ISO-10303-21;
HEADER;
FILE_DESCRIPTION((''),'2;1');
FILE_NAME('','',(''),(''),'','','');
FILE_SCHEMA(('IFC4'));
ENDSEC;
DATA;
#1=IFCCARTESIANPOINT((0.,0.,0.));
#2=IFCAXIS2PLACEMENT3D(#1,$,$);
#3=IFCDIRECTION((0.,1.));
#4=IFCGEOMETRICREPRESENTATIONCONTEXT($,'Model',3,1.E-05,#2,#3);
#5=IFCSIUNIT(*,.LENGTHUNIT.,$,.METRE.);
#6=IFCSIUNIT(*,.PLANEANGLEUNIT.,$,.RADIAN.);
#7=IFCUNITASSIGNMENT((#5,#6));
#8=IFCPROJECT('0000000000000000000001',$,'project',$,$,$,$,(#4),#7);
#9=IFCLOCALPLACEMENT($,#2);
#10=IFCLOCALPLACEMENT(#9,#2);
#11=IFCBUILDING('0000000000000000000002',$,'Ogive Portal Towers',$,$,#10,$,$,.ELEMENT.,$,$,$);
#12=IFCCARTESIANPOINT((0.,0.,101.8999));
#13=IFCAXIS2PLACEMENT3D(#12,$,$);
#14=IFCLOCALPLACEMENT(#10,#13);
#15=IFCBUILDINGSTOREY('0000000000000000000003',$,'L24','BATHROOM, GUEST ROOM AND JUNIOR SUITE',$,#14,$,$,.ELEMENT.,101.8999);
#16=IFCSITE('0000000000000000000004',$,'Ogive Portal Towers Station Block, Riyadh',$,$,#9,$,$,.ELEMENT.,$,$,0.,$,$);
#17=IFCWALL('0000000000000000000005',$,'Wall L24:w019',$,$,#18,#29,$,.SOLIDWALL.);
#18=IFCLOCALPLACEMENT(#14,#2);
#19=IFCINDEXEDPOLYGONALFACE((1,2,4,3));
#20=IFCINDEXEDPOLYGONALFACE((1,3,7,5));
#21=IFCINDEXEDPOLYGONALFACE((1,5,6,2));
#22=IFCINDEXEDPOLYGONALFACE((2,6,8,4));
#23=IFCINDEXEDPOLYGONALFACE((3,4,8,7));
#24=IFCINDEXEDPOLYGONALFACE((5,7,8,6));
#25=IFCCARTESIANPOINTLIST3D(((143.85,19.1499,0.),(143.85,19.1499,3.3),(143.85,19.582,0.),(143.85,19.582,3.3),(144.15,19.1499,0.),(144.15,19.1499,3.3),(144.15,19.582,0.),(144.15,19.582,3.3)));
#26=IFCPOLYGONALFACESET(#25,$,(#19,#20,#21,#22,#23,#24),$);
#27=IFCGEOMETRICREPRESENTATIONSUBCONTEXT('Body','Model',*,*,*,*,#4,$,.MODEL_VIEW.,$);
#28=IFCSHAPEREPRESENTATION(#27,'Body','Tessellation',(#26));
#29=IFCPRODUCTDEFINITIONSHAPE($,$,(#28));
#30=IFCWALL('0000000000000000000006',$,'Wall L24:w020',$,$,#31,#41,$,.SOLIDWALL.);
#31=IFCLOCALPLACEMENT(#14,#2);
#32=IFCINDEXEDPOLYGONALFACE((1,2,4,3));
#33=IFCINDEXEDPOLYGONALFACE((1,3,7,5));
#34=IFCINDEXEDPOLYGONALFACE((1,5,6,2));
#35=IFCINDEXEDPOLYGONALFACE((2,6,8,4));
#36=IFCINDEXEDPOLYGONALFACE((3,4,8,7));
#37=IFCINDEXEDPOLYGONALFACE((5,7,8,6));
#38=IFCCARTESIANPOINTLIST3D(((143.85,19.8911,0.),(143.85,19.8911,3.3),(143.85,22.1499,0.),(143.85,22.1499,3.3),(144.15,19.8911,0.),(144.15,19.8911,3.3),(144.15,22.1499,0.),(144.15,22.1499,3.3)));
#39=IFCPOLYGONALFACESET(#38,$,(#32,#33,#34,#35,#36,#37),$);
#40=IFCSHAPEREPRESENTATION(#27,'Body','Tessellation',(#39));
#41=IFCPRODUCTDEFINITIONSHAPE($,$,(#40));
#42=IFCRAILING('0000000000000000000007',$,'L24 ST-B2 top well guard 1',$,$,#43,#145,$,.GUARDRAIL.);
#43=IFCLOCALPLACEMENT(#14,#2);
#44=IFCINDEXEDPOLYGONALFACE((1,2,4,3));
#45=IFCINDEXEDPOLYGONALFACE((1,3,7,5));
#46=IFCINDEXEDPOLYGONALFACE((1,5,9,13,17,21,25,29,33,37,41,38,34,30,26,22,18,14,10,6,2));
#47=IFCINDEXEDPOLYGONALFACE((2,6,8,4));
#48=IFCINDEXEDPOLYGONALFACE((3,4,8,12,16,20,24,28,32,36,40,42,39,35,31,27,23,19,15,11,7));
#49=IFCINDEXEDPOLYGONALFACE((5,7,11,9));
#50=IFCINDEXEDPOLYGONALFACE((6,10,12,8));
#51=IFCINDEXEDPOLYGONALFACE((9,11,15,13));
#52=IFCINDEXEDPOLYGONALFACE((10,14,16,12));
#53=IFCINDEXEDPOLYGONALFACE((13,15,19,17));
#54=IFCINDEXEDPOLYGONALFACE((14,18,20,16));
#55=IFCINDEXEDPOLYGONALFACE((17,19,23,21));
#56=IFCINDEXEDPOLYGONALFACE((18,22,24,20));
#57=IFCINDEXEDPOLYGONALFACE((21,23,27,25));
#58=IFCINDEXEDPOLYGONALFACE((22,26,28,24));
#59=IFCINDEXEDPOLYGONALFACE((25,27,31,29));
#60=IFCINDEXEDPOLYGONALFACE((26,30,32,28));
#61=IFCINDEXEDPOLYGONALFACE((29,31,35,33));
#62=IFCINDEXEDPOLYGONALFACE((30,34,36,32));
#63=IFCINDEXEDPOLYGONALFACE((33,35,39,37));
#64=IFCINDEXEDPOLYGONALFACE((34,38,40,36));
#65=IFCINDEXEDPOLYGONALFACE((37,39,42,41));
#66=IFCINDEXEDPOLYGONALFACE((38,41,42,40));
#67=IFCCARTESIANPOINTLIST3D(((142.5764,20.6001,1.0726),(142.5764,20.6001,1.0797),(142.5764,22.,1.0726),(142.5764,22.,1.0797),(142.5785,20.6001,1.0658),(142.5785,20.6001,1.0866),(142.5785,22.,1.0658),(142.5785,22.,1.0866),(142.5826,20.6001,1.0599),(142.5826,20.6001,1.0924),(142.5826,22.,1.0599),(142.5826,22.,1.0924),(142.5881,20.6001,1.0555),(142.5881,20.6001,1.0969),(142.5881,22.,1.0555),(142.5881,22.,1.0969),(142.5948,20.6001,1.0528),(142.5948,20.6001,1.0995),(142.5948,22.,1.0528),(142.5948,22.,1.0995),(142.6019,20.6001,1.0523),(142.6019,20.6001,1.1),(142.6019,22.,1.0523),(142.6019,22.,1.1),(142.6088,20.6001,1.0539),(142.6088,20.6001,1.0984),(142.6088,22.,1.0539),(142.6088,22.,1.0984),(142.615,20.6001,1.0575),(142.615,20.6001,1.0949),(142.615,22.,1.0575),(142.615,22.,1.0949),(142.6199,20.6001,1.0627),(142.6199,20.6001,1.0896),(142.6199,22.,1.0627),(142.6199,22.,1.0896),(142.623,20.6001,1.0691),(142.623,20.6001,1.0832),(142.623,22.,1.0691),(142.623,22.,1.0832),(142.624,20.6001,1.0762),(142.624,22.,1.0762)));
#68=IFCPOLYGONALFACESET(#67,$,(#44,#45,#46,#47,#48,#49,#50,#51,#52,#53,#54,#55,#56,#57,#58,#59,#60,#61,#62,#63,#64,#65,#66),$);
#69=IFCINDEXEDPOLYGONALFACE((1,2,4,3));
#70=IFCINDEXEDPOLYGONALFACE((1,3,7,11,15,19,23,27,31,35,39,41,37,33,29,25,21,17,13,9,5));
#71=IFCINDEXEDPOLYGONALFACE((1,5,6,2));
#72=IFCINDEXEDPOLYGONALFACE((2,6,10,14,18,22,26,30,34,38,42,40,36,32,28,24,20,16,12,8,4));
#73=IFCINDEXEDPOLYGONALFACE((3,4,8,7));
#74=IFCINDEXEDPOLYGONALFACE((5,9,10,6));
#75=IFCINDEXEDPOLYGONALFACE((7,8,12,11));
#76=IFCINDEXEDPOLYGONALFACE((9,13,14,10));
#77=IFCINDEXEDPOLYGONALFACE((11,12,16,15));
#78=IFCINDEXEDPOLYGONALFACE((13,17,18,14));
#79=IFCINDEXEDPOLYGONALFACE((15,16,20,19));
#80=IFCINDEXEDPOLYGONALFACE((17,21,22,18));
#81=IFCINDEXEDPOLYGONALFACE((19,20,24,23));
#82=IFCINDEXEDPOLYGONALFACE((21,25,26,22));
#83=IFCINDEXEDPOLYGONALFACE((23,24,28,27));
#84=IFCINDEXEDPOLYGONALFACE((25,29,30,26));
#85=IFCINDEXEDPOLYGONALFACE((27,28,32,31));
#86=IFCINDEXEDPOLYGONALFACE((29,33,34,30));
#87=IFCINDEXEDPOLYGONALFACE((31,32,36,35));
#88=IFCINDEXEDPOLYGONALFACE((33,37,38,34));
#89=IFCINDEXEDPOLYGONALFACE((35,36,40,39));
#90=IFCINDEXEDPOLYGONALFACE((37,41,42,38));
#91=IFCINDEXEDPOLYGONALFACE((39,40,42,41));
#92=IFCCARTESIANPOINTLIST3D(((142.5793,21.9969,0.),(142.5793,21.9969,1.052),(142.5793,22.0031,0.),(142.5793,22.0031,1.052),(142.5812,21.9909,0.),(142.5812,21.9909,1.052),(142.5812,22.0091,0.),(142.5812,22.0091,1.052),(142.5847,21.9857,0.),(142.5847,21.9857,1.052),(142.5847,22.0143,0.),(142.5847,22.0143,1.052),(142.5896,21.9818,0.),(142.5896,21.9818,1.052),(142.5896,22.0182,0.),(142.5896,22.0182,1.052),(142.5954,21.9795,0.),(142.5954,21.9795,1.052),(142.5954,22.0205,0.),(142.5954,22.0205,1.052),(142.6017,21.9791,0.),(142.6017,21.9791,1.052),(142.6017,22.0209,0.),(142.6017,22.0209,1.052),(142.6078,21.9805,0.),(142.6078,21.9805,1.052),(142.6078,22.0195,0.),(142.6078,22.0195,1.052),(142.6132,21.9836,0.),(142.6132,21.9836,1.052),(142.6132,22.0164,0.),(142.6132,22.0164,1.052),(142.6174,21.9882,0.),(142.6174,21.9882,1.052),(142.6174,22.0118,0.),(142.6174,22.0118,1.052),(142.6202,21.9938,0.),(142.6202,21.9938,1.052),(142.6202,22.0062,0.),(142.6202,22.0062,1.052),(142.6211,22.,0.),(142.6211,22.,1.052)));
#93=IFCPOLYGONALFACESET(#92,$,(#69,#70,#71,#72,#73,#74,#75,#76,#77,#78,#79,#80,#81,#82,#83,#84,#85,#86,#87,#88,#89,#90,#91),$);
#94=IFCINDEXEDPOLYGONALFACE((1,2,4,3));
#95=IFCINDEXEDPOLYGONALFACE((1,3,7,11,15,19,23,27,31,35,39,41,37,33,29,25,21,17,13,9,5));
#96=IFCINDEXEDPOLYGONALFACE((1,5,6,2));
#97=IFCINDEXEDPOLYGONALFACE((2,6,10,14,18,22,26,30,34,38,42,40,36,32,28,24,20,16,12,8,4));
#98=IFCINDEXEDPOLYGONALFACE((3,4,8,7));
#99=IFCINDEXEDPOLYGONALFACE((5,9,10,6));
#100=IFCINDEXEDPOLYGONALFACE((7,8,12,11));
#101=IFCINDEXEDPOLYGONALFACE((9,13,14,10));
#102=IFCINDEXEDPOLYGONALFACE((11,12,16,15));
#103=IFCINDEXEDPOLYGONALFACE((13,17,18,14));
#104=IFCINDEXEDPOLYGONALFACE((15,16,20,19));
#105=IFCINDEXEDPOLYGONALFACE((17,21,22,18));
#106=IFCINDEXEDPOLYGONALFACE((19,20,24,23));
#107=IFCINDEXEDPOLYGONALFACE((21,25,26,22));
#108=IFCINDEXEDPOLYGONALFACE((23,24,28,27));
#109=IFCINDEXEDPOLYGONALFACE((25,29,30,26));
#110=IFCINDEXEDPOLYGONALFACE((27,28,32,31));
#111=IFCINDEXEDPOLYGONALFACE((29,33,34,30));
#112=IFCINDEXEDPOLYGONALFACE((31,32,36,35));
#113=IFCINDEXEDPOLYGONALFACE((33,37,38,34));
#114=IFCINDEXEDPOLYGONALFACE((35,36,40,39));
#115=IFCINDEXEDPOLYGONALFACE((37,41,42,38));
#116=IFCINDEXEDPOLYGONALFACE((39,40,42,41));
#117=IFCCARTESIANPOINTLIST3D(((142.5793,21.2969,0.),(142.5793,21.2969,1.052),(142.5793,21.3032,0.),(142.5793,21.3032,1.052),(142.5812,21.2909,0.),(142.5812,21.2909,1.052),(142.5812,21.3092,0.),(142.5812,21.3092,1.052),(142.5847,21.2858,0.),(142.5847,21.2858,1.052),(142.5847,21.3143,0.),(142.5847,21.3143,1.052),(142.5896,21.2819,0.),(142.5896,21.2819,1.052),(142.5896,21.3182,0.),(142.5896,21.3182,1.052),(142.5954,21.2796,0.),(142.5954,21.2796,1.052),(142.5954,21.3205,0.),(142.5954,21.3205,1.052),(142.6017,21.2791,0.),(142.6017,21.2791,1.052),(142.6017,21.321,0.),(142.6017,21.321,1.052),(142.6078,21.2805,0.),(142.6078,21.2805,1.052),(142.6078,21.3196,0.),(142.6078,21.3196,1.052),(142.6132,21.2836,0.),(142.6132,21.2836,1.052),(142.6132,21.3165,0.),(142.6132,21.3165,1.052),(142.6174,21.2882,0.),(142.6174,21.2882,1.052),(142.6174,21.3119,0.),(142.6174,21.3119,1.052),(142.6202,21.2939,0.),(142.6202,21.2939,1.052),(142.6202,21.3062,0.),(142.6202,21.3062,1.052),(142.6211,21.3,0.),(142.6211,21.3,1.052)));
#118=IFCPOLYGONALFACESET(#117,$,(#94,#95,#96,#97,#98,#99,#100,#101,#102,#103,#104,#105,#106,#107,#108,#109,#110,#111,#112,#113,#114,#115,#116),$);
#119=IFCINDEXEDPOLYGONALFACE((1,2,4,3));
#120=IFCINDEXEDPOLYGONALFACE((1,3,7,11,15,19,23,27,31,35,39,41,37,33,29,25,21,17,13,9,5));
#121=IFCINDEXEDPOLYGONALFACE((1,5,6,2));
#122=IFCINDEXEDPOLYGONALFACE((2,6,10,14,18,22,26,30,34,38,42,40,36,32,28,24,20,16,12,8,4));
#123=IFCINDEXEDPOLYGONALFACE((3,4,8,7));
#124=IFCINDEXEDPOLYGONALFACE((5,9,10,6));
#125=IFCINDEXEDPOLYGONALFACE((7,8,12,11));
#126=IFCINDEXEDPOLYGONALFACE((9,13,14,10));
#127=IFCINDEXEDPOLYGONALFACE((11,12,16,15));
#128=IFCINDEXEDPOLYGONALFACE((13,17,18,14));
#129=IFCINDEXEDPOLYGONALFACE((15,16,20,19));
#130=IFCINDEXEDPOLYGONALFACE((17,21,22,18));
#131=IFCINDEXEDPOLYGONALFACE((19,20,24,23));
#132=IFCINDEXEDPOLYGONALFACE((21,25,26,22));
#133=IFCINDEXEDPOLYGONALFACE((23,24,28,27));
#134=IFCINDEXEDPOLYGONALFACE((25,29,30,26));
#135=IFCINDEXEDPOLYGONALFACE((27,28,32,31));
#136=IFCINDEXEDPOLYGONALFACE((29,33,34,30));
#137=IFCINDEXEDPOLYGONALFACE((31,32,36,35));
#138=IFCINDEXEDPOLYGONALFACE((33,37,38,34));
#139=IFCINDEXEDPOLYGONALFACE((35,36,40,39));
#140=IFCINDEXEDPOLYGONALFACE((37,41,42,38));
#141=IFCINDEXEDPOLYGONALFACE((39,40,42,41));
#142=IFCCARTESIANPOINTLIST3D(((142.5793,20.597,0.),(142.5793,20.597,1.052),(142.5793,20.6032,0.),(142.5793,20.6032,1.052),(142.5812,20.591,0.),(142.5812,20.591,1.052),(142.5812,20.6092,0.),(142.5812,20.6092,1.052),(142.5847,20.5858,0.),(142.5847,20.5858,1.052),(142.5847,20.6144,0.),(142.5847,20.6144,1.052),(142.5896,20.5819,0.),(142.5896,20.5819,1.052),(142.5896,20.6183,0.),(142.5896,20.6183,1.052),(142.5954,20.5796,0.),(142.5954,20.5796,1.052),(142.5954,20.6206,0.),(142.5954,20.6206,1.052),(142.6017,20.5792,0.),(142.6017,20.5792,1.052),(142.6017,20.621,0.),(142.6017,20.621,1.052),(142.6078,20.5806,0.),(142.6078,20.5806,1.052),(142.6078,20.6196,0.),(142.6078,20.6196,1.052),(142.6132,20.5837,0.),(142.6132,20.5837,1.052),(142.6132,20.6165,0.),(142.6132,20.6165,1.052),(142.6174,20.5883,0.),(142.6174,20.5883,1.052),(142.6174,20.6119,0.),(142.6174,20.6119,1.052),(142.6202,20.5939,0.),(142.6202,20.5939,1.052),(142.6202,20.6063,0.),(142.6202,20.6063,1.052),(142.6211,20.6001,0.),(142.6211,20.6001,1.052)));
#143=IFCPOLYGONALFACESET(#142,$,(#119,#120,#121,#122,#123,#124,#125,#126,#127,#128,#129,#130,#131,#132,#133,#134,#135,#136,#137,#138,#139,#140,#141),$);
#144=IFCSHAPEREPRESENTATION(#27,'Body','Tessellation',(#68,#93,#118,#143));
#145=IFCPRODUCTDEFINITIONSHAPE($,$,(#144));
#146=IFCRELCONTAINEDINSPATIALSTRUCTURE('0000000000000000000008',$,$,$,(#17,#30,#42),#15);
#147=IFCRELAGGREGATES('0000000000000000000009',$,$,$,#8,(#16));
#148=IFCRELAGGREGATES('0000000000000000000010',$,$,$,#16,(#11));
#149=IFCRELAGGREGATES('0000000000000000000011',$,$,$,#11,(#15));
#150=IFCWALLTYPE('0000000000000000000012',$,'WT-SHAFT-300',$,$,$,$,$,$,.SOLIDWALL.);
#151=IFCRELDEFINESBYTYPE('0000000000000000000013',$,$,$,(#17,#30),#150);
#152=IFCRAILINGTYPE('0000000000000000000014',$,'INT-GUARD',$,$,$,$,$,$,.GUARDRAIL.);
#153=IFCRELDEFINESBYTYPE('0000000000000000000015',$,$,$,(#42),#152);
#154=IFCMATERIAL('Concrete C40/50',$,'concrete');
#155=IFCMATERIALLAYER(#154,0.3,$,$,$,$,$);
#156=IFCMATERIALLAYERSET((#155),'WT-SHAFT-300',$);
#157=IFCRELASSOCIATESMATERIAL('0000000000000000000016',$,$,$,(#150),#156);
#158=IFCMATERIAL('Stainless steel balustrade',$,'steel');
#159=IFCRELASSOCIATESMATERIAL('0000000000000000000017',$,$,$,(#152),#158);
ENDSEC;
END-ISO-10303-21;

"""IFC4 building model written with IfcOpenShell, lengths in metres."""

from ifc_helpers import new_model, si_unit, direction, frame, frame_2d, origin, origin_2d, place, context, subcontext, project, spatial, rectangle, circle, extrude, material, layer, layer_set, type_object, element, save


model = new_model("IFC4")

# Units and contexts
model_context = context("Model", 3, precision=1e-05, world=origin(), true_north=direction((0.0, 1.0)))
body_context = subcontext(model_context, "Body", "Model", "MODEL_VIEW")
ifc_project = project(units=[si_unit("LENGTHUNIT", "METRE"), si_unit("PLANEANGLEUNIT", "RADIAN")], contexts=[model_context])

# Site, building, storey
site_placement = place(None, origin())
site = spatial("IfcSite", under=ifc_project, at=site_placement, Name="Ogive Portal Towers Station Block, Riyadh", CompositionType="ELEMENT", RefElevation=0.0)
building_placement = place(site_placement, origin())
building = spatial("IfcBuilding", under=site, at=building_placement, Name="Ogive Portal Towers", CompositionType="ELEMENT")
storey_placement = place(building_placement, frame((0.0, 0.0, 101.8999)))
storey = spatial("IfcBuildingStorey", under=building, at=storey_placement, Name="L24", Description="BATHROOM, GUEST ROOM AND JUNIOR SUITE", CompositionType="ELEMENT", Elevation=101.8999)

# Walls
ifc_material_1 = material(Name="Concrete C40/50", Category="concrete")
ifc_layer_1 = layer(ifc_material_1, 0.3)
ifc_layer_set_1 = layer_set([ifc_layer_1], Name="WT-SHAFT-300")
wall_type_1 = type_object("IfcWallType", Name="WT-SHAFT-300", PredefinedType="SOLIDWALL", material=ifc_layer_set_1)
wall_1_placement = place(storey_placement, frame((144.0, 19.1499, 0.0), z_axis=(0.0, 0.0, 1.0), x_axis=(0.0, 1.0, 0.0)))
element("IfcWall", 1, at=wall_1_placement, inside=storey, type_object=wall_type_1, Name="Wall L24:w019", PredefinedType="SOLIDWALL", context=body_context, shape_type="SweptSolid", body=[
    extrude(rectangle(XDim=0.4321, YDim=0.3, at=frame_2d((0.2161, 0.0))), origin(), (0.0, 0.0, 1.0), 3.3),
])
wall_2_placement = place(storey_placement, frame((144.0, 19.8911, 0.0), z_axis=(0.0, 0.0, 1.0), x_axis=(0.0, 1.0, 0.0)))
element("IfcWall", 2, at=wall_2_placement, inside=storey, type_object=wall_type_1, Name="Wall L24:w020", PredefinedType="SOLIDWALL", context=body_context, shape_type="SweptSolid", body=[
    extrude(rectangle(XDim=2.2588, YDim=0.3, at=frame_2d((1.1294, 0.0))), origin(), (0.0, 0.0, 1.0), 3.3),
])

# Railing
ifc_material_2 = material(Name="Stainless steel balustrade", Category="steel")
railing_type = type_object("IfcRailingType", Name="INT-GUARD", PredefinedType="GUARDRAIL", material=ifc_material_2)
railing_placement = place(storey_placement, frame((142.6001, 22.0, 0.0)))
element("IfcRailing", 3, at=railing_placement, inside=storey, type_object=railing_type, Name="L24 ST-B2 top well guard 1", PredefinedType="GUARDRAIL", context=body_context, shape_type="SweptSolid", body=[
    extrude(circle(Radius=0.0239, at=origin_2d()), frame((0.0, 0.0, 1.0762), z_axis=(0.0, -1.0, 0.0), x_axis=(1.0, 0.0, 0.0)), (0.0, 0.0, 1.0), 1.3999),
    extrude(circle(Radius=0.021, at=origin_2d()), origin(), (0.0, 0.0, 1.0), 1.052),
    extrude(circle(Radius=0.021, at=origin_2d()), frame((0.0, -0.7, 0.0)), (0.0, 0.0, 1.0), 1.052),
    extrude(circle(Radius=0.021, at=origin_2d()), frame((0.0, -1.3999, 0.0)), (0.0, 0.0, 1.0), 1.052),
])

save(model, "model.ifc")
